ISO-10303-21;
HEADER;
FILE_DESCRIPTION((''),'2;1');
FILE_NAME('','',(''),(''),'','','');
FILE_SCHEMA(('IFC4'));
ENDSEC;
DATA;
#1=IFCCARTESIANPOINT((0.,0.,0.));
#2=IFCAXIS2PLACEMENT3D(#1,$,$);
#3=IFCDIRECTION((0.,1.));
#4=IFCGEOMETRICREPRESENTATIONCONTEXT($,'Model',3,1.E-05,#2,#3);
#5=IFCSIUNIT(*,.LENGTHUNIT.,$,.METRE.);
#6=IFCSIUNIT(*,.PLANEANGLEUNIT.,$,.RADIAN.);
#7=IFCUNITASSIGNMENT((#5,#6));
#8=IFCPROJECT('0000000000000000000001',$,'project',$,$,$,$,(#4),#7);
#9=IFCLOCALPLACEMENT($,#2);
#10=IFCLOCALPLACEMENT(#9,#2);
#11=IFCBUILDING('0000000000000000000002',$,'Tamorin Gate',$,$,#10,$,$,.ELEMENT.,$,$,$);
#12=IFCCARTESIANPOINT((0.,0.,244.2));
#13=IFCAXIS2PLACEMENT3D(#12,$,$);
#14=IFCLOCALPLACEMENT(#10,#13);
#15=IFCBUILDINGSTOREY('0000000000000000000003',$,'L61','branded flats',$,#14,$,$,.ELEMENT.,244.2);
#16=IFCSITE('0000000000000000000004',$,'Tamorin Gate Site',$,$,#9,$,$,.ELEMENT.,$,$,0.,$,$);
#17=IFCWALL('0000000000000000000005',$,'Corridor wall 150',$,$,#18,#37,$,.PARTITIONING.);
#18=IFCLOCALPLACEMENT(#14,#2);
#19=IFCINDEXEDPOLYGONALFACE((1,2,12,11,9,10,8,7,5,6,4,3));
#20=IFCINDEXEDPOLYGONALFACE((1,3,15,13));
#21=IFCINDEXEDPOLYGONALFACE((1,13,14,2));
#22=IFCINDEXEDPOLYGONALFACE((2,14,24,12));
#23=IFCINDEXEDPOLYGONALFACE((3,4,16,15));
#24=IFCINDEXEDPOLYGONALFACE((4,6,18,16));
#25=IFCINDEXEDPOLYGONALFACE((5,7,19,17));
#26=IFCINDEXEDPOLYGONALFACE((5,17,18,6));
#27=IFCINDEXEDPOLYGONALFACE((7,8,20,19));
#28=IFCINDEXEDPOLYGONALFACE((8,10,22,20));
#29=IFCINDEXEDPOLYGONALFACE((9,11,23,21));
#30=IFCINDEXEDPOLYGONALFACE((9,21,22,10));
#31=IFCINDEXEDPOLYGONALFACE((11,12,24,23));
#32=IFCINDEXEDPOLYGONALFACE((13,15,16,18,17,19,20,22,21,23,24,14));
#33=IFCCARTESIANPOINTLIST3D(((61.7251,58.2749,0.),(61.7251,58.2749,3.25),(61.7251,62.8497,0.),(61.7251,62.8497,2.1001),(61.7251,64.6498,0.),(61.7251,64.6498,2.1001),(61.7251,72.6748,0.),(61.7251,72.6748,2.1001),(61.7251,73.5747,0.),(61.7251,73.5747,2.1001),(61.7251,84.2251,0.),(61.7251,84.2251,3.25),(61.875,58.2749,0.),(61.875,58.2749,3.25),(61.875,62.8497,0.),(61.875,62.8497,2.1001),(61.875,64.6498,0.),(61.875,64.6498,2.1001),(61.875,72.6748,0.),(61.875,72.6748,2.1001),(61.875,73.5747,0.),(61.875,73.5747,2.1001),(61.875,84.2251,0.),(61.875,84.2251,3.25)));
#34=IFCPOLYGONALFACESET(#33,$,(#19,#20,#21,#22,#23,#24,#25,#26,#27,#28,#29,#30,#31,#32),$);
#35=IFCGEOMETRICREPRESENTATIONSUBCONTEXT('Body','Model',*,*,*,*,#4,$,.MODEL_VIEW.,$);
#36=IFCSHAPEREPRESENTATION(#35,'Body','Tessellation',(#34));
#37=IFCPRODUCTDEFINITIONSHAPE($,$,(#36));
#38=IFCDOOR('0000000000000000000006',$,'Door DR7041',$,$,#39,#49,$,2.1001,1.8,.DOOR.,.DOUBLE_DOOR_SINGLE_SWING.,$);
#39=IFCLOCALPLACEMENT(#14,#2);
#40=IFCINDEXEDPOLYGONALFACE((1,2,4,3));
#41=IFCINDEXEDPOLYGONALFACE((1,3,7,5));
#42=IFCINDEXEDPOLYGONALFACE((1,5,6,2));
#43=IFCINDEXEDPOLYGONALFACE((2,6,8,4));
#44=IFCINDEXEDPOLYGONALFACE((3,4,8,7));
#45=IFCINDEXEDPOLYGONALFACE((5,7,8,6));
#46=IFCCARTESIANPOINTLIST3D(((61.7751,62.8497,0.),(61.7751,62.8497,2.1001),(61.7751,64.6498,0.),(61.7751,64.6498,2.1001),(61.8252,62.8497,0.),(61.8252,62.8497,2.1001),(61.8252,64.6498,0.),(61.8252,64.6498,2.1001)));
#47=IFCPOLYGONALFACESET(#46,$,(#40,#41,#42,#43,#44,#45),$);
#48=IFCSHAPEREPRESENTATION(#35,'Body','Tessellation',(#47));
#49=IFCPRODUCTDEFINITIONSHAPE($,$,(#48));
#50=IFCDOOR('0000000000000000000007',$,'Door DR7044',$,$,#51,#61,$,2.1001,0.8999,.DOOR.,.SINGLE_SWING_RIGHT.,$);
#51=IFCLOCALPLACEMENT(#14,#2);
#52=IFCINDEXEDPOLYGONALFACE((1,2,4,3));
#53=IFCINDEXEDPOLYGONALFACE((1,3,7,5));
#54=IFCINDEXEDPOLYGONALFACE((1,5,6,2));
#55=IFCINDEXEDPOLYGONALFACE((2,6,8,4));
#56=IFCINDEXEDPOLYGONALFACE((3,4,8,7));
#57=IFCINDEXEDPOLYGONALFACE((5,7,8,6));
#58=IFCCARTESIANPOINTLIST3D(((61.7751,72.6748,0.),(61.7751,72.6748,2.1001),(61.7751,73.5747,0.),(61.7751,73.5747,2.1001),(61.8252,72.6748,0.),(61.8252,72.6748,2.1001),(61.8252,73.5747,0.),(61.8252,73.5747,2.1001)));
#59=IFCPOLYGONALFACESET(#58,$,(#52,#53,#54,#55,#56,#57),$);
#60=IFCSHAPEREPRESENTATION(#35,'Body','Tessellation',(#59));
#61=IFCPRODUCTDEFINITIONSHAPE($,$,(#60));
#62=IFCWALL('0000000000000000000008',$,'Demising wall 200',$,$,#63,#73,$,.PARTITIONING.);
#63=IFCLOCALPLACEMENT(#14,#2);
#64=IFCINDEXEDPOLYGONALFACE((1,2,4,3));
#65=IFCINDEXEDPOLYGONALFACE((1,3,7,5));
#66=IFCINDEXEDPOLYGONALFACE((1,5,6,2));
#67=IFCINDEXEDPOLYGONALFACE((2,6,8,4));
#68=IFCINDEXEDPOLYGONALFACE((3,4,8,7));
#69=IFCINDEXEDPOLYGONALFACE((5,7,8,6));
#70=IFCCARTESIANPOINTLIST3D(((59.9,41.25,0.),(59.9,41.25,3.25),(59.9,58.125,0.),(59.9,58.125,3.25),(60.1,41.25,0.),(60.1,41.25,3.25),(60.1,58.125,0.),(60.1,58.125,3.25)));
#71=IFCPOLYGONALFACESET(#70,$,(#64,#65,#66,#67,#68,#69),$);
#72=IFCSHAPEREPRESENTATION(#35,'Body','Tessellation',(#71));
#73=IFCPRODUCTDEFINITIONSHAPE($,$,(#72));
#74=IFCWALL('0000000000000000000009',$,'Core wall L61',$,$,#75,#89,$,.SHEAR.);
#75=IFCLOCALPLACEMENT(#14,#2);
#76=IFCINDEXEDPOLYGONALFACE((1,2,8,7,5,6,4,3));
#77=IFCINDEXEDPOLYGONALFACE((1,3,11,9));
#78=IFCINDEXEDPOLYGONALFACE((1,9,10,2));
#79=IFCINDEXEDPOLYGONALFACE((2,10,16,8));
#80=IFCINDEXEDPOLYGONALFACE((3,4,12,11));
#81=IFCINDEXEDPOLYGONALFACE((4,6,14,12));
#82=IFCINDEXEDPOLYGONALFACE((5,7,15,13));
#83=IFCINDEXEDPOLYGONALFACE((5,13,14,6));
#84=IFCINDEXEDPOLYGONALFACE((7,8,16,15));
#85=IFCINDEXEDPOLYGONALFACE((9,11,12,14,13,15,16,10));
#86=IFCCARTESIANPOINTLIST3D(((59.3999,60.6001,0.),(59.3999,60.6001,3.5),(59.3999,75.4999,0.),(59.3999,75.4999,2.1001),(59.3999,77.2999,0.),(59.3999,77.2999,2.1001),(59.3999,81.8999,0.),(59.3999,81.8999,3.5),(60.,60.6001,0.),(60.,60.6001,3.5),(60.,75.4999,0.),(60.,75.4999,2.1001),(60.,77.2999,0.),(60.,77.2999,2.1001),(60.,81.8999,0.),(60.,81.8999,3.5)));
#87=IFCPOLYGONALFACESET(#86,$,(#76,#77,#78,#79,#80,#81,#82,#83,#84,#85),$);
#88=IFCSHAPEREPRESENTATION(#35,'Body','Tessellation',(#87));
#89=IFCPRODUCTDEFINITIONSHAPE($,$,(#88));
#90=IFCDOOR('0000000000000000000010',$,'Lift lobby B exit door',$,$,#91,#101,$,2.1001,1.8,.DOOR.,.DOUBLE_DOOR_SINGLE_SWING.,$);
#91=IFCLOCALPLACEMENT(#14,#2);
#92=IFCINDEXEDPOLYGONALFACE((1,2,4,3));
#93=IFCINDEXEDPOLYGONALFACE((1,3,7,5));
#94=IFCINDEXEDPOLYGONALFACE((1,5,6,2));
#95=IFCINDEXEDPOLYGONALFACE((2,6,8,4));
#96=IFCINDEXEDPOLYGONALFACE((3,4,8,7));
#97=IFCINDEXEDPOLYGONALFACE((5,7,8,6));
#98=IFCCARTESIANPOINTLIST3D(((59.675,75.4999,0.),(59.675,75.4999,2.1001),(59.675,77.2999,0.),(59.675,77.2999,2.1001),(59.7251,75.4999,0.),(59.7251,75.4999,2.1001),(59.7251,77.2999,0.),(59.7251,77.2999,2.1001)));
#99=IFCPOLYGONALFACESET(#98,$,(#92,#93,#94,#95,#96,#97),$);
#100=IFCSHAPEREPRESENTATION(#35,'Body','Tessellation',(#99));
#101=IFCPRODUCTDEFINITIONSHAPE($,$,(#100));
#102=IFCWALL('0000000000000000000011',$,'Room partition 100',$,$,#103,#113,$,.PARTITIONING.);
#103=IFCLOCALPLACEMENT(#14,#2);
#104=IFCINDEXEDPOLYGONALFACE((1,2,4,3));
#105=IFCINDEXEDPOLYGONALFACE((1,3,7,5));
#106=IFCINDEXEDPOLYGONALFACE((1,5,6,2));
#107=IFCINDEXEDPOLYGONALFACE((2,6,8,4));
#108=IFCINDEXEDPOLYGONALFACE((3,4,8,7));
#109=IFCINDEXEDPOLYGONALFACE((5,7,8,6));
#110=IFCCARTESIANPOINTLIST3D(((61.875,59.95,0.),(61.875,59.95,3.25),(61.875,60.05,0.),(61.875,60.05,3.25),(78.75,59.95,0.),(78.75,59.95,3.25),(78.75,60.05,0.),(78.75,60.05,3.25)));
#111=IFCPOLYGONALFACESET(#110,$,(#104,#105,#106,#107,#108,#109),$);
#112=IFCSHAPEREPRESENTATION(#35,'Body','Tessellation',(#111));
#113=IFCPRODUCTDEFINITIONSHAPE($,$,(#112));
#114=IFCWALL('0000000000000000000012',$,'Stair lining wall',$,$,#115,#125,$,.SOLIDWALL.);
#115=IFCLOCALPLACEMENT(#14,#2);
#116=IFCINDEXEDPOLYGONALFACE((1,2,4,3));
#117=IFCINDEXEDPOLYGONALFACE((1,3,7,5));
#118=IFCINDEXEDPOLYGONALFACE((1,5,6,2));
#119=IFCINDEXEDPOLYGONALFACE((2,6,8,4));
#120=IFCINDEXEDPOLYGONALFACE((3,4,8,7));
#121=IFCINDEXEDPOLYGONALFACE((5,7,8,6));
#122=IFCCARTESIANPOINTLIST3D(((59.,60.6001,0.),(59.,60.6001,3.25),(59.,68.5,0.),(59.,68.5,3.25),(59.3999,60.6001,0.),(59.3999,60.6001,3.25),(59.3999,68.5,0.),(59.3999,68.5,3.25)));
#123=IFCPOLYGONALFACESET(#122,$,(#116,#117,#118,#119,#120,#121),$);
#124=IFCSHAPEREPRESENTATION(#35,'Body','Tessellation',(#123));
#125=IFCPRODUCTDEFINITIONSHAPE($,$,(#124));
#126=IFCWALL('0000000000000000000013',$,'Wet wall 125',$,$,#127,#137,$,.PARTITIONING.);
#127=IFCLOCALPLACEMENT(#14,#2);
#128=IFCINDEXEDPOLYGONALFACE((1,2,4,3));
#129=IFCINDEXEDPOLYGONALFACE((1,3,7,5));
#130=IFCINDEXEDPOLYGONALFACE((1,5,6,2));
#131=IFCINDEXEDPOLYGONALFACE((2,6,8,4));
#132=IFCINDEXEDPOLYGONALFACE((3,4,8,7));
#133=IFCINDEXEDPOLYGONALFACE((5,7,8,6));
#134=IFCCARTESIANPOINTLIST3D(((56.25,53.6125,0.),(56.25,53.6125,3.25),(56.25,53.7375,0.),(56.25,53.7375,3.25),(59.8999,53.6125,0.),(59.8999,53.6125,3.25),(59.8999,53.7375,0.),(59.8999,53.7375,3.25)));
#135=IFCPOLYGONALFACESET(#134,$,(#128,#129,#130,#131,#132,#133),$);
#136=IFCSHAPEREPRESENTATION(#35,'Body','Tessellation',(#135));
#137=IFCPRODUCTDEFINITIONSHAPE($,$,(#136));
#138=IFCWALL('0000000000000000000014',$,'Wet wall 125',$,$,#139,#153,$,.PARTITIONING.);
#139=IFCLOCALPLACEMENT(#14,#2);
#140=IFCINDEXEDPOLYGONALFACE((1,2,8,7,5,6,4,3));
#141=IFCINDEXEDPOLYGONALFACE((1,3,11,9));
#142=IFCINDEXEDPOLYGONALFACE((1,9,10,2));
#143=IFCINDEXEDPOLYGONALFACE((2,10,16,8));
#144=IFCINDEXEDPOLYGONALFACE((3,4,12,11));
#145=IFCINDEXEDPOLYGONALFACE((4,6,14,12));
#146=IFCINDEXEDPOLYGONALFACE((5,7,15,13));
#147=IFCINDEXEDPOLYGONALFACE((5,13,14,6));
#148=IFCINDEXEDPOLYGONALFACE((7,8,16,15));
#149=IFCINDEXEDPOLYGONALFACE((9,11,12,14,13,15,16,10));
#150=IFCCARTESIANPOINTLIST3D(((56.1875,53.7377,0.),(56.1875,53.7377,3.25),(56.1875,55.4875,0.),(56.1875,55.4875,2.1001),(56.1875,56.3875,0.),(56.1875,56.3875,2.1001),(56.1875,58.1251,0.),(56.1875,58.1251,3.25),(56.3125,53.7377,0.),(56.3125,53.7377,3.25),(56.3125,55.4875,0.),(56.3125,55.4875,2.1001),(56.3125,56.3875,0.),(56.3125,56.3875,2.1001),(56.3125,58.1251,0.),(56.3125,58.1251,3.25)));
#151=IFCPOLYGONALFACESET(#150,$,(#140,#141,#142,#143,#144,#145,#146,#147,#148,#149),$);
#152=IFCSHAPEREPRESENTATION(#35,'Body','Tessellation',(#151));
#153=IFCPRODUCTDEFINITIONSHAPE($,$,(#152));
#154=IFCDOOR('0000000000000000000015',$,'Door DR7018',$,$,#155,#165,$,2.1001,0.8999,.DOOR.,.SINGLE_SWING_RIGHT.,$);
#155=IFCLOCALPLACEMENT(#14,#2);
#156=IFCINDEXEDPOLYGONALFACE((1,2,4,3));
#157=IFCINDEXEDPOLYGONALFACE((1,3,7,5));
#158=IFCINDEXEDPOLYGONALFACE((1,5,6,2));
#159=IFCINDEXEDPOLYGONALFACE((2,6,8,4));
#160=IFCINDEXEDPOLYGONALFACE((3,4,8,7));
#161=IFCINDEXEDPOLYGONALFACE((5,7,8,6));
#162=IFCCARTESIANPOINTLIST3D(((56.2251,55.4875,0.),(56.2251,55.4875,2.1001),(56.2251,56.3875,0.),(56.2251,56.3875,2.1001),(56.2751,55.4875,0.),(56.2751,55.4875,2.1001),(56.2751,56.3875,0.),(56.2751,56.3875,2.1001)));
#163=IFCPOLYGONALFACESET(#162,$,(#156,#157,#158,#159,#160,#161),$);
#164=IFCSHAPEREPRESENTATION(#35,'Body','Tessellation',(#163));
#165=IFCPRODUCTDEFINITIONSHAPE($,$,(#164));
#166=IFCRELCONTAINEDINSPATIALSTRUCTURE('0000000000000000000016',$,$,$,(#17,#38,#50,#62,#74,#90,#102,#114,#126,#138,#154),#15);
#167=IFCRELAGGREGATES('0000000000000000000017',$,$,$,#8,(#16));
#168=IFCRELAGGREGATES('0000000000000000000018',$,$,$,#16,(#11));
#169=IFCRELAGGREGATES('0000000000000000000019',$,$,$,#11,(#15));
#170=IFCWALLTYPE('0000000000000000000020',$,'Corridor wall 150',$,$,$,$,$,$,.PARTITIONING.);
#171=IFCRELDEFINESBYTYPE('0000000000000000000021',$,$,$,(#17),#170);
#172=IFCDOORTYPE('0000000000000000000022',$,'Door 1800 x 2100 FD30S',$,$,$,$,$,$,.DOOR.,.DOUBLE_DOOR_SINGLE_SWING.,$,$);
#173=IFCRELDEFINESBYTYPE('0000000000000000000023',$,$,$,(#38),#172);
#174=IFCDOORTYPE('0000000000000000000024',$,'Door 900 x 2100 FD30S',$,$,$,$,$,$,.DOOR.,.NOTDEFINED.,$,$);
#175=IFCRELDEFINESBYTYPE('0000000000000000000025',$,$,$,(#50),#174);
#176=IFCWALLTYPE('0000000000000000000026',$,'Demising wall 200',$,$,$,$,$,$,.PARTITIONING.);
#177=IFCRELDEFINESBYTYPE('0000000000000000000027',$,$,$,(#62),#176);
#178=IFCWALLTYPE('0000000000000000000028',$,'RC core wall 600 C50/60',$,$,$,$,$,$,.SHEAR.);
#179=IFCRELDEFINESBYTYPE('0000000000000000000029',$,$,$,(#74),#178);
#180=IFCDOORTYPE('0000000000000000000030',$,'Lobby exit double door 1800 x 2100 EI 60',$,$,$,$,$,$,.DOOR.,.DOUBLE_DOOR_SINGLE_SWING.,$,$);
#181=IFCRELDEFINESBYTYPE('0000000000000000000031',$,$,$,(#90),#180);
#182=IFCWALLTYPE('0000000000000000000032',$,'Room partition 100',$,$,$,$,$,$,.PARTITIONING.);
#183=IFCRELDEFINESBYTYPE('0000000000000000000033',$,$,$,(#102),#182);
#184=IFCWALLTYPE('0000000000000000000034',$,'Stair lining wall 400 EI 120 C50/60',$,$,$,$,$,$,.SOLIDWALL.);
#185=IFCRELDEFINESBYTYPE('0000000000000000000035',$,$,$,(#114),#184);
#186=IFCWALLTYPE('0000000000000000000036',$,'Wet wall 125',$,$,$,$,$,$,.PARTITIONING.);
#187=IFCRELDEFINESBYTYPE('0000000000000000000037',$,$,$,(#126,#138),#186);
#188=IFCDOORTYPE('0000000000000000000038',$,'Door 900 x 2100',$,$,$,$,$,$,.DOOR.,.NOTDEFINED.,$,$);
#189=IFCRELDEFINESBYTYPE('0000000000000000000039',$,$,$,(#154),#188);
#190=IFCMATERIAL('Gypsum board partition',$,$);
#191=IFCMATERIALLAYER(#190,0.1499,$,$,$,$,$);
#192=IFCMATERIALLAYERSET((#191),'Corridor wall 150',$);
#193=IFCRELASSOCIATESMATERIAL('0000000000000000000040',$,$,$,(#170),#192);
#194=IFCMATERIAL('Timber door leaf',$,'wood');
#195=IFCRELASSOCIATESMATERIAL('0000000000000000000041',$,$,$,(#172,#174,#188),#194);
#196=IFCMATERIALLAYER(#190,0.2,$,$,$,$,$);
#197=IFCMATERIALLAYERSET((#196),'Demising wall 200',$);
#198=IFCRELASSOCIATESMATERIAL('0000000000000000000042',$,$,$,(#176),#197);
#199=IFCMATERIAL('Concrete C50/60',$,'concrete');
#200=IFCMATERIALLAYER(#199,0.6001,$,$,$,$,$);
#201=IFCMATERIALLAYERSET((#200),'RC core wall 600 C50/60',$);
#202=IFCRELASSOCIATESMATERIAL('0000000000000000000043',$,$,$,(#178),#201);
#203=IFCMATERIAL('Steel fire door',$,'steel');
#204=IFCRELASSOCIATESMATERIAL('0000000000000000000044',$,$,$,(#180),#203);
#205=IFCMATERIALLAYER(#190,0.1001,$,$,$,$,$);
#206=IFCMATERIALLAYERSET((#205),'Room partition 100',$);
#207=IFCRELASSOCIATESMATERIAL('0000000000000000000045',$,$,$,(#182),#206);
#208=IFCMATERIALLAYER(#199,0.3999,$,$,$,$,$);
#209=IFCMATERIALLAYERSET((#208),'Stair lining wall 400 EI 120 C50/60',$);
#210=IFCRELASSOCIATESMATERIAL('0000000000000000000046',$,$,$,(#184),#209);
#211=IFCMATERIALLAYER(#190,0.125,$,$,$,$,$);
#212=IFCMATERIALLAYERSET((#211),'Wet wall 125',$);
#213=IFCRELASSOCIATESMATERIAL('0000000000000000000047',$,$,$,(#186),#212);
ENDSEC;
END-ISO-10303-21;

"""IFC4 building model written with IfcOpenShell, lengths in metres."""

from ifc_helpers import new_model, si_unit, direction, frame, frame_2d, origin, place, context, subcontext, project, spatial, rectangle, extrude, material, layer, layer_set, type_object, element, fill, save


model = new_model("IFC4")

# Units and contexts
model_context = context("Model", 3, precision=1e-05, world=origin(), true_north=direction((0.0, 1.0)))
body_context = subcontext(model_context, "Body", "Model", "MODEL_VIEW")
ifc_project = project(units=[si_unit("LENGTHUNIT", "METRE"), si_unit("PLANEANGLEUNIT", "RADIAN")], contexts=[model_context])

# Site, building, storey
site_placement = place(None, origin())
site = spatial("IfcSite", under=ifc_project, at=site_placement, Name="Tamorin Gate Site", CompositionType="ELEMENT", RefElevation=0.0)
building_placement = place(site_placement, origin())
building = spatial("IfcBuilding", under=site, at=building_placement, Name="Tamorin Gate", CompositionType="ELEMENT")
storey_placement = place(building_placement, frame((0.0, 0.0, 244.2)))
storey = spatial("IfcBuildingStorey", under=building, at=storey_placement, Name="L61", Description="branded flats", CompositionType="ELEMENT", Elevation=244.2)

# Shared definitions
ifc_material_1 = material(Name="Concrete C50/60", Category="concrete")

# Wall, openings, doors
ifc_material_2 = material(Name="Gypsum board partition")
ifc_layer_1 = layer(ifc_material_2, 0.1499)
ifc_layer_set_1 = layer_set([ifc_layer_1], Name="Corridor wall 150")
wall_type_1 = type_object("IfcWallType", Name="Corridor wall 150", PredefinedType="PARTITIONING", material=ifc_layer_set_1)
wall_1_placement = place(storey_placement, frame((61.8, 58.2749, 0.0), z_axis=(0.0, 0.0, 1.0), x_axis=(0.0, 1.0, 0.0)))
wall_1 = element("IfcWall", 1, at=wall_1_placement, inside=storey, type_object=wall_type_1, Name="Corridor wall 150", PredefinedType="PARTITIONING", context=body_context, shape_type="SweptSolid", body=[
    extrude(rectangle(XDim=25.9502, YDim=0.1499, at=frame_2d((12.9751, 0.0))), origin(), (0.0, 0.0, 1.0), 3.25),
])
opening_1_placement = place(wall_1_placement, frame((4.575, 0.0, 0.0)))
opening_1 = element("IfcOpeningElement", 2, at=opening_1_placement, cuts=wall_1, PredefinedType="OPENING", context=body_context, shape_type="SweptSolid", body=[
    extrude(rectangle(XDim=1.8, YDim=2.1001, at=frame_2d((0.8999, 1.05))), frame((0.0, 0.085, 0.0), z_axis=(0.0, -1.0, 0.0), x_axis=(1.0, 0.0, 0.0)), (0.0, 0.0, 1.0), 0.1699),
])
opening_2_placement = place(wall_1_placement, frame((14.3999, 0.0, 0.0)))
opening_2 = element("IfcOpeningElement", 3, at=opening_2_placement, cuts=wall_1, PredefinedType="OPENING", context=body_context, shape_type="SweptSolid", body=[
    extrude(rectangle(XDim=0.8999, YDim=2.1001, at=frame_2d((0.45, 1.05))), frame((0.0, 0.085, 0.0), z_axis=(0.0, -1.0, 0.0), x_axis=(1.0, 0.0, 0.0)), (0.0, 0.0, 1.0), 0.1699),
])
ifc_material_3 = material(Name="Timber door leaf", Category="wood")
door_type_1 = type_object("IfcDoorType", Name="Door 1800 x 2100 FD30S", OperationType="DOUBLE_DOOR_SINGLE_SWING", PredefinedType="DOOR", material=ifc_material_3)
door_1_placement = place(opening_1_placement, origin())
door_1 = element("IfcDoor", 4, at=door_1_placement, inside=storey, type_object=door_type_1, Name="Door DR7041", OperationType="DOUBLE_DOOR_SINGLE_SWING", OverallHeight=2.1001, OverallWidth=1.8, PredefinedType="DOOR", context=body_context, shape_type="SweptSolid", body=[
    extrude(rectangle(XDim=1.8, YDim=2.1001, at=frame_2d((0.8999, 1.05))), frame((0.0, 0.0249, 0.0), z_axis=(0.0, -1.0, 0.0), x_axis=(1.0, 0.0, 0.0)), (0.0, 0.0, 1.0), 0.05),
])
fill(opening_1, door_1)
door_type_2 = type_object("IfcDoorType", Name="Door 900 x 2100 FD30S", OperationType="NOTDEFINED", PredefinedType="DOOR", material=ifc_material_3)
door_2_placement = place(opening_2_placement, origin())
door_2 = element("IfcDoor", 5, at=door_2_placement, inside=storey, type_object=door_type_2, Name="Door DR7044", OperationType="SINGLE_SWING_RIGHT", OverallHeight=2.1001, OverallWidth=0.8999, PredefinedType="DOOR", context=body_context, shape_type="SweptSolid", body=[
    extrude(rectangle(XDim=0.8999, YDim=2.1001, at=frame_2d((0.45, 1.05))), frame((0.0, 0.0249, 0.0), z_axis=(0.0, -1.0, 0.0), x_axis=(1.0, 0.0, 0.0)), (0.0, 0.0, 1.0), 0.05),
])
fill(opening_2, door_2)

# Wall
ifc_layer_2 = layer(ifc_material_2, 0.2)
ifc_layer_set_2 = layer_set([ifc_layer_2], Name="Demising wall 200")
wall_type_2 = type_object("IfcWallType", Name="Demising wall 200", PredefinedType="PARTITIONING", material=ifc_layer_set_2)
wall_2_placement = place(storey_placement, frame((60.0, 41.25, 0.0), z_axis=(0.0, 0.0, 1.0), x_axis=(0.0, 1.0, 0.0)))
element("IfcWall", 6, at=wall_2_placement, inside=storey, type_object=wall_type_2, Name="Demising wall 200", PredefinedType="PARTITIONING", context=body_context, shape_type="SweptSolid", body=[
    extrude(rectangle(XDim=16.875, YDim=0.2, at=frame_2d((8.4375, 0.0))), origin(), (0.0, 0.0, 1.0), 3.25),
])

# Wall, opening, door
ifc_layer_3 = layer(ifc_material_1, 0.6001)
ifc_layer_set_3 = layer_set([ifc_layer_3], Name="RC core wall 600 C50/60")
wall_type_3 = type_object("IfcWallType", Name="RC core wall 600 C50/60", PredefinedType="SHEAR", material=ifc_layer_set_3)
wall_3_placement = place(storey_placement, frame((59.7, 60.6001, 0.0), z_axis=(0.0, 0.0, 1.0), x_axis=(0.0, 1.0, 0.0)))
wall_3 = element("IfcWall", 7, at=wall_3_placement, inside=storey, type_object=wall_type_3, Name="Core wall L61", PredefinedType="SHEAR", context=body_context, shape_type="SweptSolid", body=[
    extrude(rectangle(XDim=21.2998, YDim=0.6001, at=frame_2d((10.6499, 0.0))), origin(), (0.0, 0.0, 1.0), 3.5),
])
opening_3_placement = place(wall_3_placement, frame((14.8999, 0.0, 0.0)))
opening_3 = element("IfcOpeningElement", 8, at=opening_3_placement, cuts=wall_3, PredefinedType="OPENING", context=body_context, shape_type="SweptSolid", body=[
    extrude(rectangle(XDim=1.8, YDim=2.1001, at=frame_2d((0.8999, 1.05))), frame((0.0, 0.3101, 0.0), z_axis=(0.0, -1.0, 0.0), x_axis=(1.0, 0.0, 0.0)), (0.0, 0.0, 1.0), 0.6201),
])
ifc_material_4 = material(Name="Steel fire door", Category="steel")
door_type_3 = type_object("IfcDoorType", Name="Lobby exit double door 1800 x 2100 EI 60", OperationType="DOUBLE_DOOR_SINGLE_SWING", PredefinedType="DOOR", material=ifc_material_4)
door_3_placement = place(opening_3_placement, origin())
door_3 = element("IfcDoor", 9, at=door_3_placement, inside=storey, type_object=door_type_3, Name="Lift lobby B exit door", OperationType="DOUBLE_DOOR_SINGLE_SWING", OverallHeight=2.1001, OverallWidth=1.8, PredefinedType="DOOR", context=body_context, shape_type="SweptSolid", body=[
    extrude(rectangle(XDim=1.8, YDim=2.1001, at=frame_2d((0.8999, 1.05))), frame((0.0, 0.0249, 0.0), z_axis=(0.0, -1.0, 0.0), x_axis=(1.0, 0.0, 0.0)), (0.0, 0.0, 1.0), 0.05),
])
fill(opening_3, door_3)

# Walls
ifc_layer_4 = layer(ifc_material_2, 0.1001)
ifc_layer_set_4 = layer_set([ifc_layer_4], Name="Room partition 100")
wall_type_4 = type_object("IfcWallType", Name="Room partition 100", PredefinedType="PARTITIONING", material=ifc_layer_set_4)
wall_4_placement = place(storey_placement, frame((61.875, 60.0, 0.0), z_axis=(0.0, 0.0, 1.0), x_axis=(1.0, 0.0, 0.0)))
element("IfcWall", 10, at=wall_4_placement, inside=storey, type_object=wall_type_4, Name="Room partition 100", PredefinedType="PARTITIONING", context=body_context, shape_type="SweptSolid", body=[
    extrude(rectangle(XDim=16.875, YDim=0.1001, at=frame_2d((8.4375, 0.0))), origin(), (0.0, 0.0, 1.0), 3.25),
])
ifc_layer_5 = layer(ifc_material_1, 0.3999)
ifc_layer_set_5 = layer_set([ifc_layer_5], Name="Stair lining wall 400 EI 120 C50/60")
wall_type_5 = type_object("IfcWallType", Name="Stair lining wall 400 EI 120 C50/60", PredefinedType="SOLIDWALL", material=ifc_layer_set_5)
wall_5_placement = place(storey_placement, frame((59.2, 60.6001, 0.0), z_axis=(0.0, 0.0, 1.0), x_axis=(0.0, 1.0, 0.0)))
element("IfcWall", 11, at=wall_5_placement, inside=storey, type_object=wall_type_5, Name="Stair lining wall", PredefinedType="SOLIDWALL", context=body_context, shape_type="SweptSolid", body=[
    extrude(rectangle(XDim=7.8999, YDim=0.3999, at=frame_2d((3.95, 0.0))), origin(), (0.0, 0.0, 1.0), 3.25),
])
ifc_layer_6 = layer(ifc_material_2, 0.125)
ifc_layer_set_6 = layer_set([ifc_layer_6], Name="Wet wall 125")
wall_type_6 = type_object("IfcWallType", Name="Wet wall 125", PredefinedType="PARTITIONING", material=ifc_layer_set_6)
wall_6_placement = place(storey_placement, frame((56.25, 53.675, 0.0), z_axis=(0.0, 0.0, 1.0), x_axis=(1.0, 0.0, 0.0)))
element("IfcWall", 12, at=wall_6_placement, inside=storey, type_object=wall_type_6, Name="Wet wall 125", PredefinedType="PARTITIONING", context=body_context, shape_type="SweptSolid", body=[
    extrude(rectangle(XDim=3.6499, YDim=0.125, at=frame_2d((1.825, 0.0))), origin(), (0.0, 0.0, 1.0), 3.25),
])

# Wall, opening, door
wall_7_placement = place(storey_placement, frame((56.25, 53.7375, 0.0), z_axis=(0.0, 0.0, 1.0), x_axis=(0.0, 1.0, 0.0)))
wall_7 = element("IfcWall", 13, at=wall_7_placement, inside=storey, type_object=wall_type_6, Name="Wet wall 125", PredefinedType="PARTITIONING", context=body_context, shape_type="SweptSolid", body=[
    extrude(rectangle(XDim=4.3875, YDim=0.125, at=frame_2d((2.1938, 0.0))), origin(), (0.0, 0.0, 1.0), 3.25),
])
opening_4_placement = place(wall_7_placement, frame((1.75, 0.0, 0.0)))
opening_4 = element("IfcOpeningElement", 14, at=opening_4_placement, cuts=wall_7, PredefinedType="OPENING", context=body_context, shape_type="SweptSolid", body=[
    extrude(rectangle(XDim=0.8999, YDim=2.1001, at=frame_2d((0.45, 1.05))), frame((0.0, 0.0725, 0.0), z_axis=(0.0, -1.0, 0.0), x_axis=(1.0, 0.0, 0.0)), (0.0, 0.0, 1.0), 0.145),
])
door_type_4 = type_object("IfcDoorType", Name="Door 900 x 2100", OperationType="NOTDEFINED", PredefinedType="DOOR", material=ifc_material_3)
door_4_placement = place(opening_4_placement, origin())
door_4 = element("IfcDoor", 15, at=door_4_placement, inside=storey, type_object=door_type_4, Name="Door DR7018", OperationType="SINGLE_SWING_RIGHT", OverallHeight=2.1001, OverallWidth=0.8999, PredefinedType="DOOR", context=body_context, shape_type="SweptSolid", body=[
    extrude(rectangle(XDim=0.8999, YDim=2.1001, at=frame_2d((0.45, 1.05))), frame((0.0, 0.0249, 0.0), z_axis=(0.0, -1.0, 0.0), x_axis=(1.0, 0.0, 0.0)), (0.0, 0.0, 1.0), 0.05),
])
fill(opening_4, door_4)

save(model, "model.ifc")
